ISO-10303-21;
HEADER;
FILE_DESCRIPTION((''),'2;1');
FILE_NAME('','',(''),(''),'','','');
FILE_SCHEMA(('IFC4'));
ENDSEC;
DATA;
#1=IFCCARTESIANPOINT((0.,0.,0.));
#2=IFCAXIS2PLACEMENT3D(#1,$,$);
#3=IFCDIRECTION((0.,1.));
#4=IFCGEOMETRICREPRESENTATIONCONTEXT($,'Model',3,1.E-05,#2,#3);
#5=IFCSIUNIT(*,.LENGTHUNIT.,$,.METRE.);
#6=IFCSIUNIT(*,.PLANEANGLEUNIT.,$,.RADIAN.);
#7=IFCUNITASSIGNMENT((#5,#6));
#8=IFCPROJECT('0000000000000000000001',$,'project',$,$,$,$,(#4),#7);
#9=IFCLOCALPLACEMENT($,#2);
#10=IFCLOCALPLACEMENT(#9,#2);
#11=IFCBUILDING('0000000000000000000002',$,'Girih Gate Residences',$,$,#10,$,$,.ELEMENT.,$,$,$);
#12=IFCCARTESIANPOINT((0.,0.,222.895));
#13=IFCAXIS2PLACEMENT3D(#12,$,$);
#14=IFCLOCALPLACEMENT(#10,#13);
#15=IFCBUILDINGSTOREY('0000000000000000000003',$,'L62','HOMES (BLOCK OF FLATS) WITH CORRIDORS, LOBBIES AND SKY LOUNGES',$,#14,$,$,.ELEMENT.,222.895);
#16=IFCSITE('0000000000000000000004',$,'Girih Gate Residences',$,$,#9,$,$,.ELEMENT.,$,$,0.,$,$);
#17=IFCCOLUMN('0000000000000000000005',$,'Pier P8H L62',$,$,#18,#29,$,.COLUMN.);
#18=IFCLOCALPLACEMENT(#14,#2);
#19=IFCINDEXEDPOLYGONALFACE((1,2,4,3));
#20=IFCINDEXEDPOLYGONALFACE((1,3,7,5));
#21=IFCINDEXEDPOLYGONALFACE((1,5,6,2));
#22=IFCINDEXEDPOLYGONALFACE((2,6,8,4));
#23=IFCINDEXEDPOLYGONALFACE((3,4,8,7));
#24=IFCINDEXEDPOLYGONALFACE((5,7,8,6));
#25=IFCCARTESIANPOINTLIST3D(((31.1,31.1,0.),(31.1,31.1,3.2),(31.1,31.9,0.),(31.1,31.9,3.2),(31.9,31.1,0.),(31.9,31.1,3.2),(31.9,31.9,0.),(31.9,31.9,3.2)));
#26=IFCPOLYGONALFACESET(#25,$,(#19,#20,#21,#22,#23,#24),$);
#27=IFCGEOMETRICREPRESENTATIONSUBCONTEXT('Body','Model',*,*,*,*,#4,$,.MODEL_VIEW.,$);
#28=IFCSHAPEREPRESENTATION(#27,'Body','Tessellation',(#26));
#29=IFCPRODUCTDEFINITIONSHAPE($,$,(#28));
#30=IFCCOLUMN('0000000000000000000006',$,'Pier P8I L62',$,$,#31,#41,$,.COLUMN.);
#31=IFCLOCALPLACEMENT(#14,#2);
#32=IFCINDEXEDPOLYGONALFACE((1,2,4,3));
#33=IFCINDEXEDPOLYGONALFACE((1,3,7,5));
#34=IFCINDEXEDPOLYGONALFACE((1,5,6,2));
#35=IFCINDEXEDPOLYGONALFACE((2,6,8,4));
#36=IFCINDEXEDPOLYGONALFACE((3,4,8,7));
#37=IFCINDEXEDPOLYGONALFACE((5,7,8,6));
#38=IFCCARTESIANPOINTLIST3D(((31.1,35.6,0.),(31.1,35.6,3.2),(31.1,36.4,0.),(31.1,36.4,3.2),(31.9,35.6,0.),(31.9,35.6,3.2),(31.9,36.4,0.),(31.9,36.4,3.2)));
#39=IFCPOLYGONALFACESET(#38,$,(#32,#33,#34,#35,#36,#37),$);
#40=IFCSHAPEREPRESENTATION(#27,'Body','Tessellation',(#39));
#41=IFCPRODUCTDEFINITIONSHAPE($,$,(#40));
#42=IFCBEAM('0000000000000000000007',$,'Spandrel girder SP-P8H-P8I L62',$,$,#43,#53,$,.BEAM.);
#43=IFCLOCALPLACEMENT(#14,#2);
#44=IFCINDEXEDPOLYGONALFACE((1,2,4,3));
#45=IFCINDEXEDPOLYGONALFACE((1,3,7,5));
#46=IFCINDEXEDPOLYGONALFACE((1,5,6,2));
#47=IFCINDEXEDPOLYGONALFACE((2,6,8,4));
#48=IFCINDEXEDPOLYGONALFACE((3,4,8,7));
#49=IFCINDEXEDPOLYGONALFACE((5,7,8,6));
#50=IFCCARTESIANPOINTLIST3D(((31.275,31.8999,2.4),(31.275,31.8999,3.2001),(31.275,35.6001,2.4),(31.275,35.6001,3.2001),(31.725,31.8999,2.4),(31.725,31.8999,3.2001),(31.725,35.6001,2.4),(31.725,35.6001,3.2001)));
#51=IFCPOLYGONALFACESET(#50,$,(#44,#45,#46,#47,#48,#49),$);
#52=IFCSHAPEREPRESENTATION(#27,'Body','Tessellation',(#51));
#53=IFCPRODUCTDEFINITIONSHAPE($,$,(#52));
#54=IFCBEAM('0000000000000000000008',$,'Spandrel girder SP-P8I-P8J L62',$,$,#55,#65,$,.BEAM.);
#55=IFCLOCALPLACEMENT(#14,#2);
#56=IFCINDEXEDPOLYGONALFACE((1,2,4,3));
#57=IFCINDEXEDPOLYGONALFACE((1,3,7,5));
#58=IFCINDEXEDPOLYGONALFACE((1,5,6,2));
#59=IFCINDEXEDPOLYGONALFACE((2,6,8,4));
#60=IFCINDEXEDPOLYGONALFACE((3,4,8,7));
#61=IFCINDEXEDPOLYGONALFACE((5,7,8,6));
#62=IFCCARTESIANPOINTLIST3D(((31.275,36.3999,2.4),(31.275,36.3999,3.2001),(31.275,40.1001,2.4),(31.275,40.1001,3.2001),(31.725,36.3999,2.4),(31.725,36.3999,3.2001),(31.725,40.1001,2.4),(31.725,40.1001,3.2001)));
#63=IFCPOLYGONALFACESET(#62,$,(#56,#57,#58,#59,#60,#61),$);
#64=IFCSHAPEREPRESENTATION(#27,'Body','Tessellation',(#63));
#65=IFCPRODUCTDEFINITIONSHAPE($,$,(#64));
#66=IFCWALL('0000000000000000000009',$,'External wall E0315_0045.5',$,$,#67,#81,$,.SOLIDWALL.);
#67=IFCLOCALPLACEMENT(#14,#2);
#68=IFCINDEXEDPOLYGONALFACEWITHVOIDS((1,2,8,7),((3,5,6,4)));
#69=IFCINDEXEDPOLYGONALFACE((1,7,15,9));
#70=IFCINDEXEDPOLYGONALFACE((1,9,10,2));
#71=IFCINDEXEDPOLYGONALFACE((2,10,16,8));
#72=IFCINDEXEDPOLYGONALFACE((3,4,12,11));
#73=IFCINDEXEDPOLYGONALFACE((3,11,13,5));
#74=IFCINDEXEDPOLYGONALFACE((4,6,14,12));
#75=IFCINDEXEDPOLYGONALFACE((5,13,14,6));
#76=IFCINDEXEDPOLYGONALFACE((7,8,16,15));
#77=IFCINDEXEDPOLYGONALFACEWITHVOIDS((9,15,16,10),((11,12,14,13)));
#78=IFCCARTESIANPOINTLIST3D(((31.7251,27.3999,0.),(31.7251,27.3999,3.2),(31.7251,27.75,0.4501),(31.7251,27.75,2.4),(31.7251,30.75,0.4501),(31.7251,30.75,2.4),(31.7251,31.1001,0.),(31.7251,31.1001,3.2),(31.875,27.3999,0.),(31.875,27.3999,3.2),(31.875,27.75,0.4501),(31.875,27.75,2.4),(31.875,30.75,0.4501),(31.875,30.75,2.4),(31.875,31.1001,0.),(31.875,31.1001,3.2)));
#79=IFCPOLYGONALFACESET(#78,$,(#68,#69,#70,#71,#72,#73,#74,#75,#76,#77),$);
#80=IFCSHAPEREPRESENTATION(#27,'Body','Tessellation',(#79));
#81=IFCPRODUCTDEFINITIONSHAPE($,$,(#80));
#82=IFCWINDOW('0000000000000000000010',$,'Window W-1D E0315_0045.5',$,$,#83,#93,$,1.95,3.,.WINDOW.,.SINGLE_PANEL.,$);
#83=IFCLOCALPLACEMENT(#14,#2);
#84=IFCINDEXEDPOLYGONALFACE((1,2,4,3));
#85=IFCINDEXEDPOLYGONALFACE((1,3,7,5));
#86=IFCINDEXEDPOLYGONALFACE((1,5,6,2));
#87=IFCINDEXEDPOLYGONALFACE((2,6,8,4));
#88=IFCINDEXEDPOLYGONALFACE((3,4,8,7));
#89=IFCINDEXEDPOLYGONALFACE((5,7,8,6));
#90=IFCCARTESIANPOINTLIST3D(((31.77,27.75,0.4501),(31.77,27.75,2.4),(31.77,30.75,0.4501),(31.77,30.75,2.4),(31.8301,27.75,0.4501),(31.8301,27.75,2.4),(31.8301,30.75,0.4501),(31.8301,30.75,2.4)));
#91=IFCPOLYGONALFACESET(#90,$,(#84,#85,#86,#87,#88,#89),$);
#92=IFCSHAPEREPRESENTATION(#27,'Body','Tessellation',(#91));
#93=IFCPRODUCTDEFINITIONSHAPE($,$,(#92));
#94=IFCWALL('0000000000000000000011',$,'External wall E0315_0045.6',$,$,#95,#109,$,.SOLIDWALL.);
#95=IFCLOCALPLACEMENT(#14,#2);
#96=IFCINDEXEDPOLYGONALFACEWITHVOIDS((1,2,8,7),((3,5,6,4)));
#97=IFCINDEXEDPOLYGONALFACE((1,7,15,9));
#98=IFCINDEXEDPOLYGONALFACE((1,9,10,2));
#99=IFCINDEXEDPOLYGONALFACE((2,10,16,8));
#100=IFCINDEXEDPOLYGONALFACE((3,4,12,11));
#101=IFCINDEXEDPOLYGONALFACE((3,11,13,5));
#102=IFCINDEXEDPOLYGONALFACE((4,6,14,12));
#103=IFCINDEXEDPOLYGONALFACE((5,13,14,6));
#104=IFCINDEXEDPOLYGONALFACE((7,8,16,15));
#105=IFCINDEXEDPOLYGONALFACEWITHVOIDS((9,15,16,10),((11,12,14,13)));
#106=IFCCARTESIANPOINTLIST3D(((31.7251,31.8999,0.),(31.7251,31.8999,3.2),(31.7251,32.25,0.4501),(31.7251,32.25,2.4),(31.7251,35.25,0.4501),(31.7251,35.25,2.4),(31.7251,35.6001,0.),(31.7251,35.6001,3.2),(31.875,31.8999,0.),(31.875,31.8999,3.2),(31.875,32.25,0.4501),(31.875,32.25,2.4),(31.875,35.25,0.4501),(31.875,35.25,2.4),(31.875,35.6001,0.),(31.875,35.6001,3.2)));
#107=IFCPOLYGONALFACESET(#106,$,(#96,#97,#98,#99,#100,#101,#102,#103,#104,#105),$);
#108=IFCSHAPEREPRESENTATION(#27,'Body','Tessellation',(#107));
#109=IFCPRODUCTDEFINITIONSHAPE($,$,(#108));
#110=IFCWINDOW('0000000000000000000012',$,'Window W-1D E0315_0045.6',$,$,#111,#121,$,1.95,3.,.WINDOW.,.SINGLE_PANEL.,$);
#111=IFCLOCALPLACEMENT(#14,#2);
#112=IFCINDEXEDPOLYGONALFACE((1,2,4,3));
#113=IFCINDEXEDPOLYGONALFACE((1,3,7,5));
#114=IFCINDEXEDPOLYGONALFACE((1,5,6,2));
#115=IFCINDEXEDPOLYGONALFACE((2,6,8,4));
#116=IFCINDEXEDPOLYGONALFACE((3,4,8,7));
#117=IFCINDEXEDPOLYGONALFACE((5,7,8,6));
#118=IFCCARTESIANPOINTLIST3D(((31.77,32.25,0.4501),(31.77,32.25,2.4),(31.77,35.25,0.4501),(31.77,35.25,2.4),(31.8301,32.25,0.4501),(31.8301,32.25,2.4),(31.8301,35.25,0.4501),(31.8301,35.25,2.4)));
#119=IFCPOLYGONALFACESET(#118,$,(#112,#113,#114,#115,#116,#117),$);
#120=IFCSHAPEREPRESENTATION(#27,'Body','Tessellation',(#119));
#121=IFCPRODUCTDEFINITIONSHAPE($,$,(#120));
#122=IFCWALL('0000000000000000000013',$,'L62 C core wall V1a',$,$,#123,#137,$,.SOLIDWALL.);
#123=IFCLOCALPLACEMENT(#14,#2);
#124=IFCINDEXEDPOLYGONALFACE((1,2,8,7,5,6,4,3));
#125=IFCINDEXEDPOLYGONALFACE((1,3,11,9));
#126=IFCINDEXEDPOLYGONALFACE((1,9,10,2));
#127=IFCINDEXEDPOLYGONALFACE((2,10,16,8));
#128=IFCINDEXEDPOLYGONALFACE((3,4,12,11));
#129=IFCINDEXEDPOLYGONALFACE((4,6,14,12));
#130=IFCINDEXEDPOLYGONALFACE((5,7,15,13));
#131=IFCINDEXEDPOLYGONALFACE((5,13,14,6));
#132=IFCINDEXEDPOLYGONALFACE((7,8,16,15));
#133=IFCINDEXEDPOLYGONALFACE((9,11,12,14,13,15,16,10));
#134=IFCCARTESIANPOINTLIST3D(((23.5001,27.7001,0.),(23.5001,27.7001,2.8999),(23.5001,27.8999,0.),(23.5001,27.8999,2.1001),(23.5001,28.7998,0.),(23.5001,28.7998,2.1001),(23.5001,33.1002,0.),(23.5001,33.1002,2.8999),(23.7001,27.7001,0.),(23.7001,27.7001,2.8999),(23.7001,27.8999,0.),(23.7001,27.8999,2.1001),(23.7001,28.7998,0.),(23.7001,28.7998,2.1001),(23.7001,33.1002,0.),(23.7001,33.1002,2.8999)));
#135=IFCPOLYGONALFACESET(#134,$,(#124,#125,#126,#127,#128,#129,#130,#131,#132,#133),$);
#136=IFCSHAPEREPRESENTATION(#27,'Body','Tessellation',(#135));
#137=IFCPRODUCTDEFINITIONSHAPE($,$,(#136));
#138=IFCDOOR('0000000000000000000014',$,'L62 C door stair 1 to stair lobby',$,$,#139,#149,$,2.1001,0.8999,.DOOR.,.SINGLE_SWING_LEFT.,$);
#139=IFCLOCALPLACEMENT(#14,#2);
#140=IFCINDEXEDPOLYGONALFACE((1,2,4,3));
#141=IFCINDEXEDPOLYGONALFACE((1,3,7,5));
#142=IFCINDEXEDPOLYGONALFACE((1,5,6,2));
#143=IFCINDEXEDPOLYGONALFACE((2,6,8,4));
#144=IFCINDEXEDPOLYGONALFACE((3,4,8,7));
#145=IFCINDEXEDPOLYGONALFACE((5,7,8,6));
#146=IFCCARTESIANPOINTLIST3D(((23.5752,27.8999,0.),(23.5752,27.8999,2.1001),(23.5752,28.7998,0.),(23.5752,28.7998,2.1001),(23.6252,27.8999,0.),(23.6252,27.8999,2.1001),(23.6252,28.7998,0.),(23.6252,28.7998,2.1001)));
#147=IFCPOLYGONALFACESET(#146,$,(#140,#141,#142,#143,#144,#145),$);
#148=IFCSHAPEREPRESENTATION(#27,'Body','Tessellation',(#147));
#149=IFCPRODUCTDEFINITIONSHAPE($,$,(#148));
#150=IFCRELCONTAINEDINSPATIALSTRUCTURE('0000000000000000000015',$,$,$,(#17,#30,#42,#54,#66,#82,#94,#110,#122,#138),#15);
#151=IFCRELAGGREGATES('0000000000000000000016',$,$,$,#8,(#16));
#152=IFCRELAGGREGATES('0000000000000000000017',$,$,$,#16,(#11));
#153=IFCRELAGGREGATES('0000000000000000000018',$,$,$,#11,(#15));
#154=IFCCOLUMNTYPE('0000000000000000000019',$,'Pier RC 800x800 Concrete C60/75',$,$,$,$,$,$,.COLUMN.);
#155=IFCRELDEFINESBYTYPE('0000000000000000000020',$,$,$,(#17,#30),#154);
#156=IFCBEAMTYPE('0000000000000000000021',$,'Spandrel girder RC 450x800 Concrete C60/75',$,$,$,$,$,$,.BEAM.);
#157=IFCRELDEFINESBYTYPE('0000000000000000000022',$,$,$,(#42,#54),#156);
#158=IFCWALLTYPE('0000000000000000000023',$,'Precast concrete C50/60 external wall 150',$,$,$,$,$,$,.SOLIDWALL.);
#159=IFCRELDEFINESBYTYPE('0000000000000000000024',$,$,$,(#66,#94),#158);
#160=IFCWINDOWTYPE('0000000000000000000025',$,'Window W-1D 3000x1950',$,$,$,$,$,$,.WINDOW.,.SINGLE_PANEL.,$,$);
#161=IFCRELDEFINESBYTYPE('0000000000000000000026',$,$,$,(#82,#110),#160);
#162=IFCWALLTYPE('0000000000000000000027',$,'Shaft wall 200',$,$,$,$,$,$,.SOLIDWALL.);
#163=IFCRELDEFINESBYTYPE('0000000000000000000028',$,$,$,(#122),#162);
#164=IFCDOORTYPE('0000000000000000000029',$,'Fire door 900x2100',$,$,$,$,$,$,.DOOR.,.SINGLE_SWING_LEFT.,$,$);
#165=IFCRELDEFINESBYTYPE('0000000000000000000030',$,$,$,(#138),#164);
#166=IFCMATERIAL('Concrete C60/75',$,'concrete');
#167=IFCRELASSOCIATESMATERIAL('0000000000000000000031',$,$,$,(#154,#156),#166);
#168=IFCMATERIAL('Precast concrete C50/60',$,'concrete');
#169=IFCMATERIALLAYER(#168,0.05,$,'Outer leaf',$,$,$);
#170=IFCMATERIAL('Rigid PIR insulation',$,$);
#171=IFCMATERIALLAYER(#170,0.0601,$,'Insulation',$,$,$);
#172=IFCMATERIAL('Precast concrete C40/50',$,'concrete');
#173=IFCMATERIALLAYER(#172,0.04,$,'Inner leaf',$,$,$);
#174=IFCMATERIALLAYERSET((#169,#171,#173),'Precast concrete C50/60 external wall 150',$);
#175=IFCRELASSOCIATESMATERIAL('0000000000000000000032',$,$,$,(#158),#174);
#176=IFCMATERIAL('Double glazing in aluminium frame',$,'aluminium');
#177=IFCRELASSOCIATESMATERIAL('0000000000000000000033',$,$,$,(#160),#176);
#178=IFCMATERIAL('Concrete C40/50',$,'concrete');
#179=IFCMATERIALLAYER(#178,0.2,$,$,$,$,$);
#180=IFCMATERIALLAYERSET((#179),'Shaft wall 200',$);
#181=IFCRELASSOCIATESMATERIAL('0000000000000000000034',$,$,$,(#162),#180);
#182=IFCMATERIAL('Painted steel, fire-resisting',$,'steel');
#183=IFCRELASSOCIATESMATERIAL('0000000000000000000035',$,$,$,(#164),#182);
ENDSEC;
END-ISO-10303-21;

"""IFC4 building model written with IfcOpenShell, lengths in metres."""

from ifc_helpers import new_model, si_unit, direction, frame, frame_2d, origin, origin_2d, place, context, subcontext, project, spatial, rectangle, extrude, material, layer, layer_set, material_profile, profile_set, type_object, element, fill, save


model = new_model("IFC4")

# Units and contexts
model_context = context("Model", 3, precision=1e-05, world=origin(), true_north=direction((0.0, 1.0)))
body_context = subcontext(model_context, "Body", "Model", "MODEL_VIEW")
ifc_project = project(units=[si_unit("LENGTHUNIT", "METRE"), si_unit("PLANEANGLEUNIT", "RADIAN")], contexts=[model_context])

# Site, building, storey
site_placement = place(None, origin())
site = spatial("IfcSite", under=ifc_project, at=site_placement, Name="Girih Gate Residences", CompositionType="ELEMENT", RefElevation=0.0)
building_placement = place(site_placement, origin())
building = spatial("IfcBuilding", under=site, at=building_placement, Name="Girih Gate Residences", CompositionType="ELEMENT")
storey_placement = place(building_placement, frame((0.0, 0.0, 222.895)))
storey = spatial("IfcBuildingStorey", under=building, at=storey_placement, Name="L62", Description="HOMES (BLOCK OF FLATS) WITH CORRIDORS, LOBBIES AND SKY LOUNGES", CompositionType="ELEMENT", Elevation=222.895)

# Columns
ifc_material_1 = material(Name="Concrete C60/75", Category="concrete")
ifc_material_profile_1 = material_profile(ifc_material_1, rectangle(XDim=0.8, YDim=0.8, at=origin_2d()))
ifc_profile_set_1 = profile_set([ifc_material_profile_1], Name="Concrete C60/75")
column_type = type_object("IfcColumnType", Name="Pier RC 800x800 Concrete C60/75", PredefinedType="COLUMN", material=ifc_profile_set_1)
for number, where, z_axis, x_axis, name in (
    (1, (31.5, 31.5, 0.0), (0.0, 0.0, 1.0), (1.0, 0.0, 0.0), "Pier P8H L62"),
    (2, (31.5, 36.0, 0.0), (0.0, 0.0, 1.0), (1.0, 0.0, 0.0), "Pier P8I L62"),
):
    element("IfcColumn", number, at=place(storey_placement, frame(where, z_axis=z_axis, x_axis=x_axis)), inside=storey, type_object=column_type, Name=name, PredefinedType="COLUMN", context=body_context, shape_type="SweptSolid", body=[
        extrude(rectangle(XDim=0.8, YDim=0.8, at=origin_2d()), origin(), (0.0, 0.0, 1.0), 3.2),
    ])

# Beams
ifc_material_profile_2 = material_profile(ifc_material_1, rectangle(XDim=0.45, YDim=0.8, at=origin_2d()))
ifc_profile_set_2 = profile_set([ifc_material_profile_2], Name="Concrete C60/75")
beam_type = type_object("IfcBeamType", Name="Spandrel girder RC 450x800 Concrete C60/75", PredefinedType="BEAM", material=ifc_profile_set_2)
for number, where, z_axis, x_axis, name in (
    (3, (31.5, 31.8999, 2.8), (0.0, 1.0, 0.0), (-1.0, 0.0, 0.0), "Spandrel girder SP-P8H-P8I L62"),
    (4, (31.5, 36.3999, 2.8), (0.0, 1.0, 0.0), (-1.0, 0.0, 0.0), "Spandrel girder SP-P8I-P8J L62"),
):
    element("IfcBeam", number, at=place(storey_placement, frame(where, z_axis=z_axis, x_axis=x_axis)), inside=storey, type_object=beam_type, Name=name, PredefinedType="BEAM", context=body_context, shape_type="SweptSolid", body=[
        extrude(rectangle(XDim=0.45, YDim=0.8, at=origin_2d()), origin(), (0.0, 0.0, 1.0), 3.7002),
    ])

# Walls, openings, windows
ifc_material_2 = material(Name="Precast concrete C50/60", Category="concrete")
ifc_layer_1 = layer(ifc_material_2, 0.05, Name="Outer leaf")
ifc_material_3 = material(Name="Rigid PIR insulation")
ifc_layer_2 = layer(ifc_material_3, 0.0601, Name="Insulation")
ifc_material_4 = material(Name="Precast concrete C40/50", Category="concrete")
ifc_layer_3 = layer(ifc_material_4, 0.04, Name="Inner leaf")
ifc_layer_set_1 = layer_set([ifc_layer_1, ifc_layer_2, ifc_layer_3], Name="Precast concrete C50/60 external wall 150")
wall_type_1 = type_object("IfcWallType", Name="Precast concrete C50/60 external wall 150", PredefinedType="SOLIDWALL", material=ifc_layer_set_1)
wall_1_placement = place(storey_placement, frame((31.8, 31.1001, 0.0), z_axis=(0.0, 0.0, 1.0), x_axis=(0.0, -1.0, 0.0)))
wall_1 = element("IfcWall", 5, at=wall_1_placement, inside=storey, type_object=wall_type_1, Name="External wall E0315_0045.5", PredefinedType="SOLIDWALL", context=body_context, shape_type="SweptSolid", body=[
    extrude(rectangle(XDim=3.7002, YDim=0.1499, at=frame_2d((1.8501, 0.0))), origin(), (0.0, 0.0, 1.0), 3.2),
])
opening_1_placement = place(wall_1_placement, frame((0.3501, 0.0, 0.45)))
opening_1 = element("IfcOpeningElement", 6, at=opening_1_placement, cuts=wall_1, PredefinedType="OPENING", context=body_context, shape_type="SweptSolid", body=[
    extrude(rectangle(XDim=3.0, YDim=1.95, at=frame_2d((1.5, 0.9751))), frame((0.0, 0.085, 0.0), z_axis=(0.0, -1.0, 0.0), x_axis=(1.0, 0.0, 0.0)), (0.0, 0.0, 1.0), 0.1699),
])
ifc_material_5 = material(Name="Double glazing in aluminium frame", Category="aluminium")
window_type = type_object("IfcWindowType", Name="Window W-1D 3000x1950", PartitioningType="SINGLE_PANEL", PredefinedType="WINDOW", material=ifc_material_5)
window_1_placement = place(opening_1_placement, origin())
window_1 = element("IfcWindow", 7, at=window_1_placement, inside=storey, type_object=window_type, Name="Window W-1D E0315_0045.5", OverallHeight=1.95, OverallWidth=3.0, PartitioningType="SINGLE_PANEL", PredefinedType="WINDOW", context=body_context, shape_type="SweptSolid", body=[
    extrude(rectangle(XDim=3.0, YDim=1.95, at=frame_2d((1.5, 0.9751))), frame((0.0, 0.03, 0.0), z_axis=(0.0, -1.0, 0.0), x_axis=(1.0, 0.0, 0.0)), (0.0, 0.0, 1.0), 0.0601),
])
fill(opening_1, window_1)
wall_2_placement = place(storey_placement, frame((31.8, 35.6001, 0.0), z_axis=(0.0, 0.0, 1.0), x_axis=(0.0, -1.0, 0.0)))
wall_2 = element("IfcWall", 8, at=wall_2_placement, inside=storey, type_object=wall_type_1, Name="External wall E0315_0045.6", PredefinedType="SOLIDWALL", context=body_context, shape_type="SweptSolid", body=[
    extrude(rectangle(XDim=3.7002, YDim=0.1499, at=frame_2d((1.8501, 0.0))), origin(), (0.0, 0.0, 1.0), 3.2),
])
opening_2_placement = place(wall_2_placement, frame((0.3501, 0.0, 0.45)))
opening_2 = element("IfcOpeningElement", 9, at=opening_2_placement, cuts=wall_2, PredefinedType="OPENING", context=body_context, shape_type="SweptSolid", body=[
    extrude(rectangle(XDim=3.0, YDim=1.95, at=frame_2d((1.5, 0.9751))), frame((0.0, 0.085, 0.0), z_axis=(0.0, -1.0, 0.0), x_axis=(1.0, 0.0, 0.0)), (0.0, 0.0, 1.0), 0.1699),
])
window_2_placement = place(opening_2_placement, origin())
window_2 = element("IfcWindow", 10, at=window_2_placement, inside=storey, type_object=window_type, Name="Window W-1D E0315_0045.6", OverallHeight=1.95, OverallWidth=3.0, PartitioningType="SINGLE_PANEL", PredefinedType="WINDOW", context=body_context, shape_type="SweptSolid", body=[
    extrude(rectangle(XDim=3.0, YDim=1.95, at=frame_2d((1.5, 0.9751))), frame((0.0, 0.03, 0.0), z_axis=(0.0, -1.0, 0.0), x_axis=(1.0, 0.0, 0.0)), (0.0, 0.0, 1.0), 0.0601),
])
fill(opening_2, window_2)

# Wall, opening, door
ifc_material_6 = material(Name="Concrete C40/50", Category="concrete")
ifc_layer_4 = layer(ifc_material_6, 0.2)
ifc_layer_set_2 = layer_set([ifc_layer_4], Name="Shaft wall 200")
wall_type_2 = type_object("IfcWallType", Name="Shaft wall 200", PredefinedType="SOLIDWALL", material=ifc_layer_set_2)
wall_3_placement = place(storey_placement, frame((23.6001, 27.7, 0.0), z_axis=(0.0, 0.0, 1.0), x_axis=(0.0, 1.0, 0.0)))
wall_3 = element("IfcWall", 11, at=wall_3_placement, inside=storey, type_object=wall_type_2, Name="L62 C core wall V1a", PredefinedType="SOLIDWALL", context=body_context, shape_type="SweptSolid", body=[
    extrude(rectangle(XDim=5.4001, YDim=0.2, at=frame_2d((2.7002, 0.0))), origin(), (0.0, 0.0, 1.0), 2.8999),
])
opening_3_placement = place(wall_3_placement, frame((0.2, 0.0, 0.0)))
opening_3 = element("IfcOpeningElement", 12, at=opening_3_placement, cuts=wall_3, PredefinedType="OPENING", context=body_context, shape_type="SweptSolid", body=[
    extrude(rectangle(XDim=0.8999, YDim=2.1001, at=frame_2d((0.45, 1.05))), frame((0.0, 0.1099, 0.0), z_axis=(0.0, -1.0, 0.0), x_axis=(1.0, 0.0, 0.0)), (0.0, 0.0, 1.0), 0.22),
])
ifc_material_7 = material(Name="Painted steel, fire-resisting", Category="steel")
door_type = type_object("IfcDoorType", Name="Fire door 900x2100", OperationType="SINGLE_SWING_LEFT", PredefinedType="DOOR", material=ifc_material_7)
door_1_placement = place(opening_3_placement, origin())
door_1 = element("IfcDoor", 13, at=door_1_placement, inside=storey, type_object=door_type, Name="L62 C door stair 1 to stair lobby", OperationType="SINGLE_SWING_LEFT", OverallHeight=2.1001, OverallWidth=0.8999, PredefinedType="DOOR", context=body_context, shape_type="SweptSolid", body=[
    extrude(rectangle(XDim=0.8999, YDim=2.1001, at=frame_2d((0.45, 1.05))), frame((0.0, 0.0249, 0.0), z_axis=(0.0, -1.0, 0.0), x_axis=(1.0, 0.0, 0.0)), (0.0, 0.0, 1.0), 0.05),
])
fill(opening_3, door_1)

save(model, "model.ifc")
